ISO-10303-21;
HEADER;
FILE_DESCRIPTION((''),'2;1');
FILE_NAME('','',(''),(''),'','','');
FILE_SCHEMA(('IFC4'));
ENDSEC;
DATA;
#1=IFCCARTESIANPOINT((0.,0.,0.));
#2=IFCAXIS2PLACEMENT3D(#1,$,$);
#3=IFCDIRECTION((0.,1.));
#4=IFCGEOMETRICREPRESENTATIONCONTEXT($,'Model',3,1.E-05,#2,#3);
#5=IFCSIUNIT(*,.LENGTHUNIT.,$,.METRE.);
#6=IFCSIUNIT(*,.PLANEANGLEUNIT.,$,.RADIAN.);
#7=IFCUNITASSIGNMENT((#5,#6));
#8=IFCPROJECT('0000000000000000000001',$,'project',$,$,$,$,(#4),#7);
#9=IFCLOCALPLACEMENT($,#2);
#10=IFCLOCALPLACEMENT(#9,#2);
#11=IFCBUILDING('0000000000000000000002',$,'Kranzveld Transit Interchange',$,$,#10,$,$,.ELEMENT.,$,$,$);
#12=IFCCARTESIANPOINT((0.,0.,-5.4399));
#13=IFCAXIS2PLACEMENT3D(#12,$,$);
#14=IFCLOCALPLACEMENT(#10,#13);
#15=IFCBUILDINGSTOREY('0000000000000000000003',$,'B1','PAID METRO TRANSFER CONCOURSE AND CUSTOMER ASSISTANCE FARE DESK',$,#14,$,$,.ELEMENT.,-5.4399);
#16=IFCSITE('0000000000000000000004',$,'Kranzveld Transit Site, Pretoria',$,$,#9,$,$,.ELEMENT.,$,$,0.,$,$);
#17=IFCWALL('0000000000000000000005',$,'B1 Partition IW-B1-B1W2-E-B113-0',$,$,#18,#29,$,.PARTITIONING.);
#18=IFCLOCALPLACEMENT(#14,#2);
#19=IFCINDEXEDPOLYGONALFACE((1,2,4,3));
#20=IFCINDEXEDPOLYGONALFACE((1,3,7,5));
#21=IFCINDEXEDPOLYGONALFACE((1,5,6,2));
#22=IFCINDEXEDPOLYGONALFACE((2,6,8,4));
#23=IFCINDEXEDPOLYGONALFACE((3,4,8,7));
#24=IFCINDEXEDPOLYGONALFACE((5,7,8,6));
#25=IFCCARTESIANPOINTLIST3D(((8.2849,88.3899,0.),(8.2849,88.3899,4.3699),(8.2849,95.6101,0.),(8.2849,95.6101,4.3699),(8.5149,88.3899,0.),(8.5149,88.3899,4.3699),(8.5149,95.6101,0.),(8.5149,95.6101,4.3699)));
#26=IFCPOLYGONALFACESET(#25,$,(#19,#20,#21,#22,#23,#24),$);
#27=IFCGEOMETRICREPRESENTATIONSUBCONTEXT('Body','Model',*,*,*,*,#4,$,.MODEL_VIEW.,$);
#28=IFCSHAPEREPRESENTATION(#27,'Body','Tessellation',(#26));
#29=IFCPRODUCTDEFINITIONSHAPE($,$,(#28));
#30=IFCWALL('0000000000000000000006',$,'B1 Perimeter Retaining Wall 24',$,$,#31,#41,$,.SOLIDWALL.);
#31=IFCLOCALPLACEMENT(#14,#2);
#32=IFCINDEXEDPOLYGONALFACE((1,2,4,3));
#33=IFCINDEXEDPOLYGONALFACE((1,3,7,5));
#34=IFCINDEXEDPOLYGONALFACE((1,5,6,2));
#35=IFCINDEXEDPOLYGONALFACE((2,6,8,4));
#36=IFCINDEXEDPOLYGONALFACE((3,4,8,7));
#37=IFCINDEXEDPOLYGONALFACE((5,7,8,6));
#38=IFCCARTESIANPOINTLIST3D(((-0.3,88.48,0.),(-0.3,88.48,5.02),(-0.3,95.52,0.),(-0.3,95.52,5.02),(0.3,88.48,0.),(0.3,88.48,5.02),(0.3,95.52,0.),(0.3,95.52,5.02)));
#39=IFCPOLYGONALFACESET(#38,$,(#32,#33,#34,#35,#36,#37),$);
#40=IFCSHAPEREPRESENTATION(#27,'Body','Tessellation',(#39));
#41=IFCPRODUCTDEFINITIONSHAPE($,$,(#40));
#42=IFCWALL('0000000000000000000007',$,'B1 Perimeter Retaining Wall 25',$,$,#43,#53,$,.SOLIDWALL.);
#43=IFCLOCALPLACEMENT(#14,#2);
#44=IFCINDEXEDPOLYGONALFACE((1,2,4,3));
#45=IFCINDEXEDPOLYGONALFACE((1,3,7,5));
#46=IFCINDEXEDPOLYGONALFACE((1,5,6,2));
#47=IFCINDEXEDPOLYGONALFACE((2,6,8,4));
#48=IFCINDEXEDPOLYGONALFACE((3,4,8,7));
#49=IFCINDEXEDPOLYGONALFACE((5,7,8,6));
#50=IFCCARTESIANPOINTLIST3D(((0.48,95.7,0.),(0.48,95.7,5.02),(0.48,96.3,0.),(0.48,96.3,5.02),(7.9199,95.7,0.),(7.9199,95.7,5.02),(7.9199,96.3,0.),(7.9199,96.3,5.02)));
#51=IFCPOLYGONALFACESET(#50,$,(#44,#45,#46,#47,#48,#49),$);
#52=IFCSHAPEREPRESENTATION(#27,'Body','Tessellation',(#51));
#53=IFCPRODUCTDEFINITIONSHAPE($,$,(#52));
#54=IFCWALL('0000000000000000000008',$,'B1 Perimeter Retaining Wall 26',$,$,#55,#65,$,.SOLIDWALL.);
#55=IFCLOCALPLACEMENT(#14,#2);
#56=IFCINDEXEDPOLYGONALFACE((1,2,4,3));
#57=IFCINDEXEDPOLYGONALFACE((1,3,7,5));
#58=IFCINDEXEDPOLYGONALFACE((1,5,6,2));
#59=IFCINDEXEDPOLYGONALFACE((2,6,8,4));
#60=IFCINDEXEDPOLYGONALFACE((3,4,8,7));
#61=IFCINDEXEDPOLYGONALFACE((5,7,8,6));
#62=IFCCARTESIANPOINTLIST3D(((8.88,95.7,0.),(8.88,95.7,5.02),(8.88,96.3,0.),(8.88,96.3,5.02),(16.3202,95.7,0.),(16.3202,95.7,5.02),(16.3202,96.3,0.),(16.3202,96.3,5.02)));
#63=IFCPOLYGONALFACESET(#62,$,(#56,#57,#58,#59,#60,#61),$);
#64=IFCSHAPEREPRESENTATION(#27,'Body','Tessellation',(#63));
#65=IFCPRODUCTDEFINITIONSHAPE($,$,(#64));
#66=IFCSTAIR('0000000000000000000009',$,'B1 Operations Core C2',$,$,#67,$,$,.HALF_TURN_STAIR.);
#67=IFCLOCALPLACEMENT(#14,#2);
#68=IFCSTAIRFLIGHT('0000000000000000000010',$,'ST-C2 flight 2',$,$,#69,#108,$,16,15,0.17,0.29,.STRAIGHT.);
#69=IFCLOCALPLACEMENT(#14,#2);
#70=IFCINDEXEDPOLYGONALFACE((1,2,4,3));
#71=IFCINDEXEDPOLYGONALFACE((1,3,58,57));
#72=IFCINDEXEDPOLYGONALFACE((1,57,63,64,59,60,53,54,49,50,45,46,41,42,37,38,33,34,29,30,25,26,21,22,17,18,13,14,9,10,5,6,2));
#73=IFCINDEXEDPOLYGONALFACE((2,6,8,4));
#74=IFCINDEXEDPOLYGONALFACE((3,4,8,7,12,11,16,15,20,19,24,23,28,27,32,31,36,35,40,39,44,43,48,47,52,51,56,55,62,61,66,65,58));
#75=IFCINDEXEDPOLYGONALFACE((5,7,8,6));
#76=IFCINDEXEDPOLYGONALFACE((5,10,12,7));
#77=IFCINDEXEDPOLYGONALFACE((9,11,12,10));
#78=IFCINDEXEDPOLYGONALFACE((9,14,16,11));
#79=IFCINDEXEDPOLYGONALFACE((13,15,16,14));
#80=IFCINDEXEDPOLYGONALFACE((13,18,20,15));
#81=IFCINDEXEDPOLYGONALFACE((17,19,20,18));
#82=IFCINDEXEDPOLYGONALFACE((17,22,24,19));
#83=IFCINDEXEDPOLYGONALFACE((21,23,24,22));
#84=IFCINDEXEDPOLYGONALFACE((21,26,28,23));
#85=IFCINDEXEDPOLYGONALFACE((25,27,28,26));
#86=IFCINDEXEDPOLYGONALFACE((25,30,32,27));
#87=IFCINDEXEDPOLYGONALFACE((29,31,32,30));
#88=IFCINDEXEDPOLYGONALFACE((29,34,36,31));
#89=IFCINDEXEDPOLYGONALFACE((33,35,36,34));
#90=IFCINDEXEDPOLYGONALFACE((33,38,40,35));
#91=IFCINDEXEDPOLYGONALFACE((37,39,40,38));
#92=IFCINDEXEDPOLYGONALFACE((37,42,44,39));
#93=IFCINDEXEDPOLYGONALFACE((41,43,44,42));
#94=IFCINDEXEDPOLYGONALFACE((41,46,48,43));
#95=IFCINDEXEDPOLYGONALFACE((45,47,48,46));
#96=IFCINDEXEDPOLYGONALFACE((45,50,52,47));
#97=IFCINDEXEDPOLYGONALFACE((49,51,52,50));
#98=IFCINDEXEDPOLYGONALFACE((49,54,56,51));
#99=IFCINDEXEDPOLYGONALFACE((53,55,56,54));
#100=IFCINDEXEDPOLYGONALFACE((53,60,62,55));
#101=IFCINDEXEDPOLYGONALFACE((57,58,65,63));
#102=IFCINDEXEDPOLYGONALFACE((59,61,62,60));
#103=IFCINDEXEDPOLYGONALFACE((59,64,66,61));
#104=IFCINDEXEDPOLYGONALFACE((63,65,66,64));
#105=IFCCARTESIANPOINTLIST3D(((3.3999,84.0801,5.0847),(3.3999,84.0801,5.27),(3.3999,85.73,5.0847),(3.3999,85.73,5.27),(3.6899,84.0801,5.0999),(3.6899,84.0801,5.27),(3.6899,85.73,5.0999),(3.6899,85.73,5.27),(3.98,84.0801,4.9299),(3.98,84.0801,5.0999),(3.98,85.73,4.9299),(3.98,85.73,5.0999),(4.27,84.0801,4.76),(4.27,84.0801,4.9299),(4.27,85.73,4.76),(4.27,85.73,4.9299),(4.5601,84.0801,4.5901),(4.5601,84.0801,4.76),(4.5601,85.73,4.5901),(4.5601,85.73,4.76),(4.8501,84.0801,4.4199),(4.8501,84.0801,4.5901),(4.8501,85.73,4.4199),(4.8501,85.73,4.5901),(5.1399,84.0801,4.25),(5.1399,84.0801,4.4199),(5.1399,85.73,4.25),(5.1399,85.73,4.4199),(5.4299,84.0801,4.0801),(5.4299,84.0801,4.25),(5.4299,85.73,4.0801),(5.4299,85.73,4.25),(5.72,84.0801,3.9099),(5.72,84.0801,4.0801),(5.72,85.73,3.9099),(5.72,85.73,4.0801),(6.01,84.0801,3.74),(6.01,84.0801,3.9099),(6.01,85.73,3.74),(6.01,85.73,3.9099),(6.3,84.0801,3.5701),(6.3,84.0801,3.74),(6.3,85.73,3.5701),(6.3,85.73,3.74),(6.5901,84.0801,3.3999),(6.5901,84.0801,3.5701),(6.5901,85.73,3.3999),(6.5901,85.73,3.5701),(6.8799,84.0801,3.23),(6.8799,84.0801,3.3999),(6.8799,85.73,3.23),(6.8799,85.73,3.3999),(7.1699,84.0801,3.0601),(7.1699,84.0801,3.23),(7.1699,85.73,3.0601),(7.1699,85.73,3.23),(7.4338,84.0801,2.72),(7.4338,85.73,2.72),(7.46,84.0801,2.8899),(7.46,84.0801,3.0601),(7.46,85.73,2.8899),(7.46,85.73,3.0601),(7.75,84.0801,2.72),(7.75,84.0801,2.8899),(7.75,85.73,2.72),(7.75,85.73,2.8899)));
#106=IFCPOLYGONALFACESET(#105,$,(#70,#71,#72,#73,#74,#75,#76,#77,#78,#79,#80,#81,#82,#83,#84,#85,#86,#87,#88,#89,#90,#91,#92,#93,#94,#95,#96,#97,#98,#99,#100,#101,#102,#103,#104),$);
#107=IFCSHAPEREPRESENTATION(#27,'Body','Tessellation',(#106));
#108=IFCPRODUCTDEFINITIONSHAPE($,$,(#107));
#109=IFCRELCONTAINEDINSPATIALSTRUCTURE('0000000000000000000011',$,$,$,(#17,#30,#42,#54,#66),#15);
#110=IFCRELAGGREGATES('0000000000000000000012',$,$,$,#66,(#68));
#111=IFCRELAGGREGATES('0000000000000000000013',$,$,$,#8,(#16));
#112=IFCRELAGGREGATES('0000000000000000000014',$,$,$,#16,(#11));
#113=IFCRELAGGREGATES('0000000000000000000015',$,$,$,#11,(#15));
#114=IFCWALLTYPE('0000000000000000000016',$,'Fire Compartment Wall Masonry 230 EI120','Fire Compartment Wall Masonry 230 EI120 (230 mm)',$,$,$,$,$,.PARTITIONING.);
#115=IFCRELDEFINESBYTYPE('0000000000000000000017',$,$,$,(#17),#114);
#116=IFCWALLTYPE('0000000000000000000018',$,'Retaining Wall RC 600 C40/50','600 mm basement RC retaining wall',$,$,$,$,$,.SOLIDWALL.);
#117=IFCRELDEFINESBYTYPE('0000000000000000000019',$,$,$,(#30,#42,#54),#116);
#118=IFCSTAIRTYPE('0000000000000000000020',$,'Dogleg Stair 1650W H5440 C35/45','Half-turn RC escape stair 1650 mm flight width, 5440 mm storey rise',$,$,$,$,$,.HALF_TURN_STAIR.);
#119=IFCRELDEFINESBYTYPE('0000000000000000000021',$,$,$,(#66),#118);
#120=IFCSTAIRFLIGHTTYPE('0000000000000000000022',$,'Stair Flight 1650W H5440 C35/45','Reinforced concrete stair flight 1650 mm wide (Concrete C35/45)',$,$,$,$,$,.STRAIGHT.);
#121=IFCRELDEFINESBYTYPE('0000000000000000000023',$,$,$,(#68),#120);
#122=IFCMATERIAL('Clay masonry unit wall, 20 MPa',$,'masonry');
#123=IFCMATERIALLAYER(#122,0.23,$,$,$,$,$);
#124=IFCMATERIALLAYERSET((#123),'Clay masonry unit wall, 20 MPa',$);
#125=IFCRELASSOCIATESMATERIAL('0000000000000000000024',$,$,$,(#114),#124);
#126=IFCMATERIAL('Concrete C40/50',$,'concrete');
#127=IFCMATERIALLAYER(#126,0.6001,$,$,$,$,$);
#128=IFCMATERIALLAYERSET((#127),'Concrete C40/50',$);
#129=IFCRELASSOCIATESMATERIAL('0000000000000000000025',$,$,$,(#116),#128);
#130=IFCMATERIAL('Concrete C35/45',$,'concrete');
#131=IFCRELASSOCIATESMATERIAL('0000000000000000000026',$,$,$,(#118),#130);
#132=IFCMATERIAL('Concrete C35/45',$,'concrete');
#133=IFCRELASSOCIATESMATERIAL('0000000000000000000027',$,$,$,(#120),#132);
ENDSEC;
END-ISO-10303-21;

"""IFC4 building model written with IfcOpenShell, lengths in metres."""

from ifc_helpers import new_model, si_unit, direction, frame, frame_2d, origin, place, context, subcontext, project, spatial, polyline, rectangle, outline, extrude, material, layer, layer_set, type_object, element, aggregate, save


model = new_model("IFC4")

# Units and contexts
model_context = context("Model", 3, precision=1e-05, world=origin(), true_north=direction((0.0, 1.0)))
body_context = subcontext(model_context, "Body", "Model", "MODEL_VIEW")
ifc_project = project(units=[si_unit("LENGTHUNIT", "METRE"), si_unit("PLANEANGLEUNIT", "RADIAN")], contexts=[model_context])

# Site, building, storey
site_placement = place(None, origin())
site = spatial("IfcSite", under=ifc_project, at=site_placement, Name="Kranzveld Transit Site, Pretoria", CompositionType="ELEMENT", RefElevation=0.0)
building_placement = place(site_placement, origin())
building = spatial("IfcBuilding", under=site, at=building_placement, Name="Kranzveld Transit Interchange", CompositionType="ELEMENT")
storey_placement = place(building_placement, frame((0.0, 0.0, -5.4399)))
storey = spatial("IfcBuildingStorey", under=building, at=storey_placement, Name="B1", Description="PAID METRO TRANSFER CONCOURSE AND CUSTOMER ASSISTANCE FARE DESK", CompositionType="ELEMENT", Elevation=-5.4399)

# Shared definitions
ifc_material_1 = material(Name="Clay masonry unit wall, 20 MPa", Category="masonry")
ifc_layer_1 = layer(ifc_material_1, 0.23)
ifc_layer_set_1 = layer_set([ifc_layer_1], Name="Clay masonry unit wall, 20 MPa")
wall_type_1 = type_object("IfcWallType", Name="Fire Compartment Wall Masonry 230 EI120", Description="Fire Compartment Wall Masonry 230 EI120 (230 mm)", PredefinedType="PARTITIONING", material=ifc_layer_set_1)

# Walls
wall_1_placement = place(storey_placement, frame((8.3999, 88.3899, 0.0), z_axis=(0.0, 0.0, 1.0), x_axis=(0.0, 1.0, 0.0)))
element("IfcWall", 1, at=wall_1_placement, inside=storey, type_object=wall_type_1, Name="B1 Partition IW-B1-B1W2-E-B113-0", PredefinedType="PARTITIONING", context=body_context, shape_type="SweptSolid", body=[
    extrude(rectangle(XDim=7.2202, YDim=0.23, at=frame_2d((3.6101, 0.0))), origin(), (0.0, 0.0, 1.0), 4.3699),
])
ifc_material_2 = material(Name="Concrete C40/50", Category="concrete")
ifc_layer_2 = layer(ifc_material_2, 0.6001)
ifc_layer_set_2 = layer_set([ifc_layer_2], Name="Concrete C40/50")
wall_type_2 = type_object("IfcWallType", Name="Retaining Wall RC 600 C40/50", Description="600 mm basement RC retaining wall", PredefinedType="SOLIDWALL", material=ifc_layer_set_2)
wall_2_placement = place(storey_placement, frame((0.0, 88.48, 0.0), z_axis=(0.0, 0.0, 1.0), x_axis=(0.0, 1.0, 0.0)))
element("IfcWall", 2, at=wall_2_placement, inside=storey, type_object=wall_type_2, Name="B1 Perimeter Retaining Wall 24", PredefinedType="SOLIDWALL", context=body_context, shape_type="SweptSolid", body=[
    extrude(rectangle(XDim=7.04, YDim=0.6001, at=frame_2d((3.52, 0.0))), origin(), (0.0, 0.0, 1.0), 5.02),
])
wall_3_placement = place(storey_placement, frame((0.48, 96.0, 0.0), z_axis=(0.0, 0.0, 1.0), x_axis=(1.0, 0.0, 0.0)))
element("IfcWall", 3, at=wall_3_placement, inside=storey, type_object=wall_type_2, Name="B1 Perimeter Retaining Wall 25", PredefinedType="SOLIDWALL", context=body_context, shape_type="SweptSolid", body=[
    extrude(rectangle(XDim=7.4399, YDim=0.6001, at=frame_2d((3.72, 0.0))), origin(), (0.0, 0.0, 1.0), 5.02),
])
wall_4_placement = place(storey_placement, frame((8.8799, 96.0, 0.0), z_axis=(0.0, 0.0, 1.0), x_axis=(1.0, 0.0, 0.0)))
element("IfcWall", 4, at=wall_4_placement, inside=storey, type_object=wall_type_2, Name="B1 Perimeter Retaining Wall 26", PredefinedType="SOLIDWALL", context=body_context, shape_type="SweptSolid", body=[
    extrude(rectangle(XDim=7.4402, YDim=0.6001, at=frame_2d((3.7202, 0.0))), origin(), (0.0, 0.0, 1.0), 5.02),
])

# Stair, stair flight
ifc_material_3 = material(Name="Concrete C35/45", Category="concrete")
stair_type = type_object("IfcStairType", Name="Dogleg Stair 1650W H5440 C35/45", Description="Half-turn RC escape stair 1650 mm flight width, 5440 mm storey rise", PredefinedType="HALF_TURN_STAIR", material=ifc_material_3)
stair_placement = place(storey_placement, origin())
stair = element("IfcStair", 5, at=stair_placement, inside=storey, type_object=stair_type, Name="B1 Operations Core C2", PredefinedType="HALF_TURN_STAIR")
ifc_material_4 = material(Name="Concrete C35/45", Category="concrete")
stair_flight_type = type_object("IfcStairFlightType", Name="Stair Flight 1650W H5440 C35/45", Description="Reinforced concrete stair flight 1650 mm wide (Concrete C35/45)", PredefinedType="STRAIGHT", material=ifc_material_4)
stair_flight_placement = place(storey_placement, frame((7.75, 84.905, 2.72), z_axis=(0.0, 0.0, 1.0), x_axis=(-1.0, 0.0, 0.0)))
stair_flight = element("IfcStairFlight", 6, at=stair_flight_placement, type_object=stair_flight_type, Name="ST-C2 flight 2", NumberOfRisers=16, NumberOfTreads=15, PredefinedType="STRAIGHT", RiserHeight=0.17, TreadLength=0.29, context=body_context, shape_type="SweptSolid", body=[
    extrude(outline(polyline([(0.0, 0.0), (0.0, 0.1699), (0.29, 0.1699), (0.29, 0.3401), (0.5801, 0.3401), (0.5801, 0.51), (0.8701, 0.51), (0.8701, 0.6799), (1.1599, 0.6799), (1.1599, 0.8501), (1.45, 0.8501), (1.45, 1.02), (1.74, 1.02), (1.74, 1.1899), (2.03, 1.1899), (2.03, 1.3601), (2.3201, 1.3601), (2.3201, 1.53), (2.6101, 1.53), (2.6101, 1.7), (2.8999, 1.7), (2.8999, 1.8701), (3.1899, 1.8701), (3.1899, 2.04), (3.48, 2.04), (3.48, 2.21), (3.77, 2.21), (3.77, 2.3799), (4.0601, 2.3799), (4.0601, 2.55), (4.3501, 2.55), (4.3501, 2.72), (4.3501, 2.3647), (0.3162, 0.0), (0.0, 0.0)])), frame((0.0, 0.825, 0.0), z_axis=(0.0, -1.0, 0.0), x_axis=(1.0, 0.0, 0.0)), (0.0, 0.0, 1.0), 1.6499),
])
aggregate(stair, [stair_flight])

save(model, "model.ifc")
